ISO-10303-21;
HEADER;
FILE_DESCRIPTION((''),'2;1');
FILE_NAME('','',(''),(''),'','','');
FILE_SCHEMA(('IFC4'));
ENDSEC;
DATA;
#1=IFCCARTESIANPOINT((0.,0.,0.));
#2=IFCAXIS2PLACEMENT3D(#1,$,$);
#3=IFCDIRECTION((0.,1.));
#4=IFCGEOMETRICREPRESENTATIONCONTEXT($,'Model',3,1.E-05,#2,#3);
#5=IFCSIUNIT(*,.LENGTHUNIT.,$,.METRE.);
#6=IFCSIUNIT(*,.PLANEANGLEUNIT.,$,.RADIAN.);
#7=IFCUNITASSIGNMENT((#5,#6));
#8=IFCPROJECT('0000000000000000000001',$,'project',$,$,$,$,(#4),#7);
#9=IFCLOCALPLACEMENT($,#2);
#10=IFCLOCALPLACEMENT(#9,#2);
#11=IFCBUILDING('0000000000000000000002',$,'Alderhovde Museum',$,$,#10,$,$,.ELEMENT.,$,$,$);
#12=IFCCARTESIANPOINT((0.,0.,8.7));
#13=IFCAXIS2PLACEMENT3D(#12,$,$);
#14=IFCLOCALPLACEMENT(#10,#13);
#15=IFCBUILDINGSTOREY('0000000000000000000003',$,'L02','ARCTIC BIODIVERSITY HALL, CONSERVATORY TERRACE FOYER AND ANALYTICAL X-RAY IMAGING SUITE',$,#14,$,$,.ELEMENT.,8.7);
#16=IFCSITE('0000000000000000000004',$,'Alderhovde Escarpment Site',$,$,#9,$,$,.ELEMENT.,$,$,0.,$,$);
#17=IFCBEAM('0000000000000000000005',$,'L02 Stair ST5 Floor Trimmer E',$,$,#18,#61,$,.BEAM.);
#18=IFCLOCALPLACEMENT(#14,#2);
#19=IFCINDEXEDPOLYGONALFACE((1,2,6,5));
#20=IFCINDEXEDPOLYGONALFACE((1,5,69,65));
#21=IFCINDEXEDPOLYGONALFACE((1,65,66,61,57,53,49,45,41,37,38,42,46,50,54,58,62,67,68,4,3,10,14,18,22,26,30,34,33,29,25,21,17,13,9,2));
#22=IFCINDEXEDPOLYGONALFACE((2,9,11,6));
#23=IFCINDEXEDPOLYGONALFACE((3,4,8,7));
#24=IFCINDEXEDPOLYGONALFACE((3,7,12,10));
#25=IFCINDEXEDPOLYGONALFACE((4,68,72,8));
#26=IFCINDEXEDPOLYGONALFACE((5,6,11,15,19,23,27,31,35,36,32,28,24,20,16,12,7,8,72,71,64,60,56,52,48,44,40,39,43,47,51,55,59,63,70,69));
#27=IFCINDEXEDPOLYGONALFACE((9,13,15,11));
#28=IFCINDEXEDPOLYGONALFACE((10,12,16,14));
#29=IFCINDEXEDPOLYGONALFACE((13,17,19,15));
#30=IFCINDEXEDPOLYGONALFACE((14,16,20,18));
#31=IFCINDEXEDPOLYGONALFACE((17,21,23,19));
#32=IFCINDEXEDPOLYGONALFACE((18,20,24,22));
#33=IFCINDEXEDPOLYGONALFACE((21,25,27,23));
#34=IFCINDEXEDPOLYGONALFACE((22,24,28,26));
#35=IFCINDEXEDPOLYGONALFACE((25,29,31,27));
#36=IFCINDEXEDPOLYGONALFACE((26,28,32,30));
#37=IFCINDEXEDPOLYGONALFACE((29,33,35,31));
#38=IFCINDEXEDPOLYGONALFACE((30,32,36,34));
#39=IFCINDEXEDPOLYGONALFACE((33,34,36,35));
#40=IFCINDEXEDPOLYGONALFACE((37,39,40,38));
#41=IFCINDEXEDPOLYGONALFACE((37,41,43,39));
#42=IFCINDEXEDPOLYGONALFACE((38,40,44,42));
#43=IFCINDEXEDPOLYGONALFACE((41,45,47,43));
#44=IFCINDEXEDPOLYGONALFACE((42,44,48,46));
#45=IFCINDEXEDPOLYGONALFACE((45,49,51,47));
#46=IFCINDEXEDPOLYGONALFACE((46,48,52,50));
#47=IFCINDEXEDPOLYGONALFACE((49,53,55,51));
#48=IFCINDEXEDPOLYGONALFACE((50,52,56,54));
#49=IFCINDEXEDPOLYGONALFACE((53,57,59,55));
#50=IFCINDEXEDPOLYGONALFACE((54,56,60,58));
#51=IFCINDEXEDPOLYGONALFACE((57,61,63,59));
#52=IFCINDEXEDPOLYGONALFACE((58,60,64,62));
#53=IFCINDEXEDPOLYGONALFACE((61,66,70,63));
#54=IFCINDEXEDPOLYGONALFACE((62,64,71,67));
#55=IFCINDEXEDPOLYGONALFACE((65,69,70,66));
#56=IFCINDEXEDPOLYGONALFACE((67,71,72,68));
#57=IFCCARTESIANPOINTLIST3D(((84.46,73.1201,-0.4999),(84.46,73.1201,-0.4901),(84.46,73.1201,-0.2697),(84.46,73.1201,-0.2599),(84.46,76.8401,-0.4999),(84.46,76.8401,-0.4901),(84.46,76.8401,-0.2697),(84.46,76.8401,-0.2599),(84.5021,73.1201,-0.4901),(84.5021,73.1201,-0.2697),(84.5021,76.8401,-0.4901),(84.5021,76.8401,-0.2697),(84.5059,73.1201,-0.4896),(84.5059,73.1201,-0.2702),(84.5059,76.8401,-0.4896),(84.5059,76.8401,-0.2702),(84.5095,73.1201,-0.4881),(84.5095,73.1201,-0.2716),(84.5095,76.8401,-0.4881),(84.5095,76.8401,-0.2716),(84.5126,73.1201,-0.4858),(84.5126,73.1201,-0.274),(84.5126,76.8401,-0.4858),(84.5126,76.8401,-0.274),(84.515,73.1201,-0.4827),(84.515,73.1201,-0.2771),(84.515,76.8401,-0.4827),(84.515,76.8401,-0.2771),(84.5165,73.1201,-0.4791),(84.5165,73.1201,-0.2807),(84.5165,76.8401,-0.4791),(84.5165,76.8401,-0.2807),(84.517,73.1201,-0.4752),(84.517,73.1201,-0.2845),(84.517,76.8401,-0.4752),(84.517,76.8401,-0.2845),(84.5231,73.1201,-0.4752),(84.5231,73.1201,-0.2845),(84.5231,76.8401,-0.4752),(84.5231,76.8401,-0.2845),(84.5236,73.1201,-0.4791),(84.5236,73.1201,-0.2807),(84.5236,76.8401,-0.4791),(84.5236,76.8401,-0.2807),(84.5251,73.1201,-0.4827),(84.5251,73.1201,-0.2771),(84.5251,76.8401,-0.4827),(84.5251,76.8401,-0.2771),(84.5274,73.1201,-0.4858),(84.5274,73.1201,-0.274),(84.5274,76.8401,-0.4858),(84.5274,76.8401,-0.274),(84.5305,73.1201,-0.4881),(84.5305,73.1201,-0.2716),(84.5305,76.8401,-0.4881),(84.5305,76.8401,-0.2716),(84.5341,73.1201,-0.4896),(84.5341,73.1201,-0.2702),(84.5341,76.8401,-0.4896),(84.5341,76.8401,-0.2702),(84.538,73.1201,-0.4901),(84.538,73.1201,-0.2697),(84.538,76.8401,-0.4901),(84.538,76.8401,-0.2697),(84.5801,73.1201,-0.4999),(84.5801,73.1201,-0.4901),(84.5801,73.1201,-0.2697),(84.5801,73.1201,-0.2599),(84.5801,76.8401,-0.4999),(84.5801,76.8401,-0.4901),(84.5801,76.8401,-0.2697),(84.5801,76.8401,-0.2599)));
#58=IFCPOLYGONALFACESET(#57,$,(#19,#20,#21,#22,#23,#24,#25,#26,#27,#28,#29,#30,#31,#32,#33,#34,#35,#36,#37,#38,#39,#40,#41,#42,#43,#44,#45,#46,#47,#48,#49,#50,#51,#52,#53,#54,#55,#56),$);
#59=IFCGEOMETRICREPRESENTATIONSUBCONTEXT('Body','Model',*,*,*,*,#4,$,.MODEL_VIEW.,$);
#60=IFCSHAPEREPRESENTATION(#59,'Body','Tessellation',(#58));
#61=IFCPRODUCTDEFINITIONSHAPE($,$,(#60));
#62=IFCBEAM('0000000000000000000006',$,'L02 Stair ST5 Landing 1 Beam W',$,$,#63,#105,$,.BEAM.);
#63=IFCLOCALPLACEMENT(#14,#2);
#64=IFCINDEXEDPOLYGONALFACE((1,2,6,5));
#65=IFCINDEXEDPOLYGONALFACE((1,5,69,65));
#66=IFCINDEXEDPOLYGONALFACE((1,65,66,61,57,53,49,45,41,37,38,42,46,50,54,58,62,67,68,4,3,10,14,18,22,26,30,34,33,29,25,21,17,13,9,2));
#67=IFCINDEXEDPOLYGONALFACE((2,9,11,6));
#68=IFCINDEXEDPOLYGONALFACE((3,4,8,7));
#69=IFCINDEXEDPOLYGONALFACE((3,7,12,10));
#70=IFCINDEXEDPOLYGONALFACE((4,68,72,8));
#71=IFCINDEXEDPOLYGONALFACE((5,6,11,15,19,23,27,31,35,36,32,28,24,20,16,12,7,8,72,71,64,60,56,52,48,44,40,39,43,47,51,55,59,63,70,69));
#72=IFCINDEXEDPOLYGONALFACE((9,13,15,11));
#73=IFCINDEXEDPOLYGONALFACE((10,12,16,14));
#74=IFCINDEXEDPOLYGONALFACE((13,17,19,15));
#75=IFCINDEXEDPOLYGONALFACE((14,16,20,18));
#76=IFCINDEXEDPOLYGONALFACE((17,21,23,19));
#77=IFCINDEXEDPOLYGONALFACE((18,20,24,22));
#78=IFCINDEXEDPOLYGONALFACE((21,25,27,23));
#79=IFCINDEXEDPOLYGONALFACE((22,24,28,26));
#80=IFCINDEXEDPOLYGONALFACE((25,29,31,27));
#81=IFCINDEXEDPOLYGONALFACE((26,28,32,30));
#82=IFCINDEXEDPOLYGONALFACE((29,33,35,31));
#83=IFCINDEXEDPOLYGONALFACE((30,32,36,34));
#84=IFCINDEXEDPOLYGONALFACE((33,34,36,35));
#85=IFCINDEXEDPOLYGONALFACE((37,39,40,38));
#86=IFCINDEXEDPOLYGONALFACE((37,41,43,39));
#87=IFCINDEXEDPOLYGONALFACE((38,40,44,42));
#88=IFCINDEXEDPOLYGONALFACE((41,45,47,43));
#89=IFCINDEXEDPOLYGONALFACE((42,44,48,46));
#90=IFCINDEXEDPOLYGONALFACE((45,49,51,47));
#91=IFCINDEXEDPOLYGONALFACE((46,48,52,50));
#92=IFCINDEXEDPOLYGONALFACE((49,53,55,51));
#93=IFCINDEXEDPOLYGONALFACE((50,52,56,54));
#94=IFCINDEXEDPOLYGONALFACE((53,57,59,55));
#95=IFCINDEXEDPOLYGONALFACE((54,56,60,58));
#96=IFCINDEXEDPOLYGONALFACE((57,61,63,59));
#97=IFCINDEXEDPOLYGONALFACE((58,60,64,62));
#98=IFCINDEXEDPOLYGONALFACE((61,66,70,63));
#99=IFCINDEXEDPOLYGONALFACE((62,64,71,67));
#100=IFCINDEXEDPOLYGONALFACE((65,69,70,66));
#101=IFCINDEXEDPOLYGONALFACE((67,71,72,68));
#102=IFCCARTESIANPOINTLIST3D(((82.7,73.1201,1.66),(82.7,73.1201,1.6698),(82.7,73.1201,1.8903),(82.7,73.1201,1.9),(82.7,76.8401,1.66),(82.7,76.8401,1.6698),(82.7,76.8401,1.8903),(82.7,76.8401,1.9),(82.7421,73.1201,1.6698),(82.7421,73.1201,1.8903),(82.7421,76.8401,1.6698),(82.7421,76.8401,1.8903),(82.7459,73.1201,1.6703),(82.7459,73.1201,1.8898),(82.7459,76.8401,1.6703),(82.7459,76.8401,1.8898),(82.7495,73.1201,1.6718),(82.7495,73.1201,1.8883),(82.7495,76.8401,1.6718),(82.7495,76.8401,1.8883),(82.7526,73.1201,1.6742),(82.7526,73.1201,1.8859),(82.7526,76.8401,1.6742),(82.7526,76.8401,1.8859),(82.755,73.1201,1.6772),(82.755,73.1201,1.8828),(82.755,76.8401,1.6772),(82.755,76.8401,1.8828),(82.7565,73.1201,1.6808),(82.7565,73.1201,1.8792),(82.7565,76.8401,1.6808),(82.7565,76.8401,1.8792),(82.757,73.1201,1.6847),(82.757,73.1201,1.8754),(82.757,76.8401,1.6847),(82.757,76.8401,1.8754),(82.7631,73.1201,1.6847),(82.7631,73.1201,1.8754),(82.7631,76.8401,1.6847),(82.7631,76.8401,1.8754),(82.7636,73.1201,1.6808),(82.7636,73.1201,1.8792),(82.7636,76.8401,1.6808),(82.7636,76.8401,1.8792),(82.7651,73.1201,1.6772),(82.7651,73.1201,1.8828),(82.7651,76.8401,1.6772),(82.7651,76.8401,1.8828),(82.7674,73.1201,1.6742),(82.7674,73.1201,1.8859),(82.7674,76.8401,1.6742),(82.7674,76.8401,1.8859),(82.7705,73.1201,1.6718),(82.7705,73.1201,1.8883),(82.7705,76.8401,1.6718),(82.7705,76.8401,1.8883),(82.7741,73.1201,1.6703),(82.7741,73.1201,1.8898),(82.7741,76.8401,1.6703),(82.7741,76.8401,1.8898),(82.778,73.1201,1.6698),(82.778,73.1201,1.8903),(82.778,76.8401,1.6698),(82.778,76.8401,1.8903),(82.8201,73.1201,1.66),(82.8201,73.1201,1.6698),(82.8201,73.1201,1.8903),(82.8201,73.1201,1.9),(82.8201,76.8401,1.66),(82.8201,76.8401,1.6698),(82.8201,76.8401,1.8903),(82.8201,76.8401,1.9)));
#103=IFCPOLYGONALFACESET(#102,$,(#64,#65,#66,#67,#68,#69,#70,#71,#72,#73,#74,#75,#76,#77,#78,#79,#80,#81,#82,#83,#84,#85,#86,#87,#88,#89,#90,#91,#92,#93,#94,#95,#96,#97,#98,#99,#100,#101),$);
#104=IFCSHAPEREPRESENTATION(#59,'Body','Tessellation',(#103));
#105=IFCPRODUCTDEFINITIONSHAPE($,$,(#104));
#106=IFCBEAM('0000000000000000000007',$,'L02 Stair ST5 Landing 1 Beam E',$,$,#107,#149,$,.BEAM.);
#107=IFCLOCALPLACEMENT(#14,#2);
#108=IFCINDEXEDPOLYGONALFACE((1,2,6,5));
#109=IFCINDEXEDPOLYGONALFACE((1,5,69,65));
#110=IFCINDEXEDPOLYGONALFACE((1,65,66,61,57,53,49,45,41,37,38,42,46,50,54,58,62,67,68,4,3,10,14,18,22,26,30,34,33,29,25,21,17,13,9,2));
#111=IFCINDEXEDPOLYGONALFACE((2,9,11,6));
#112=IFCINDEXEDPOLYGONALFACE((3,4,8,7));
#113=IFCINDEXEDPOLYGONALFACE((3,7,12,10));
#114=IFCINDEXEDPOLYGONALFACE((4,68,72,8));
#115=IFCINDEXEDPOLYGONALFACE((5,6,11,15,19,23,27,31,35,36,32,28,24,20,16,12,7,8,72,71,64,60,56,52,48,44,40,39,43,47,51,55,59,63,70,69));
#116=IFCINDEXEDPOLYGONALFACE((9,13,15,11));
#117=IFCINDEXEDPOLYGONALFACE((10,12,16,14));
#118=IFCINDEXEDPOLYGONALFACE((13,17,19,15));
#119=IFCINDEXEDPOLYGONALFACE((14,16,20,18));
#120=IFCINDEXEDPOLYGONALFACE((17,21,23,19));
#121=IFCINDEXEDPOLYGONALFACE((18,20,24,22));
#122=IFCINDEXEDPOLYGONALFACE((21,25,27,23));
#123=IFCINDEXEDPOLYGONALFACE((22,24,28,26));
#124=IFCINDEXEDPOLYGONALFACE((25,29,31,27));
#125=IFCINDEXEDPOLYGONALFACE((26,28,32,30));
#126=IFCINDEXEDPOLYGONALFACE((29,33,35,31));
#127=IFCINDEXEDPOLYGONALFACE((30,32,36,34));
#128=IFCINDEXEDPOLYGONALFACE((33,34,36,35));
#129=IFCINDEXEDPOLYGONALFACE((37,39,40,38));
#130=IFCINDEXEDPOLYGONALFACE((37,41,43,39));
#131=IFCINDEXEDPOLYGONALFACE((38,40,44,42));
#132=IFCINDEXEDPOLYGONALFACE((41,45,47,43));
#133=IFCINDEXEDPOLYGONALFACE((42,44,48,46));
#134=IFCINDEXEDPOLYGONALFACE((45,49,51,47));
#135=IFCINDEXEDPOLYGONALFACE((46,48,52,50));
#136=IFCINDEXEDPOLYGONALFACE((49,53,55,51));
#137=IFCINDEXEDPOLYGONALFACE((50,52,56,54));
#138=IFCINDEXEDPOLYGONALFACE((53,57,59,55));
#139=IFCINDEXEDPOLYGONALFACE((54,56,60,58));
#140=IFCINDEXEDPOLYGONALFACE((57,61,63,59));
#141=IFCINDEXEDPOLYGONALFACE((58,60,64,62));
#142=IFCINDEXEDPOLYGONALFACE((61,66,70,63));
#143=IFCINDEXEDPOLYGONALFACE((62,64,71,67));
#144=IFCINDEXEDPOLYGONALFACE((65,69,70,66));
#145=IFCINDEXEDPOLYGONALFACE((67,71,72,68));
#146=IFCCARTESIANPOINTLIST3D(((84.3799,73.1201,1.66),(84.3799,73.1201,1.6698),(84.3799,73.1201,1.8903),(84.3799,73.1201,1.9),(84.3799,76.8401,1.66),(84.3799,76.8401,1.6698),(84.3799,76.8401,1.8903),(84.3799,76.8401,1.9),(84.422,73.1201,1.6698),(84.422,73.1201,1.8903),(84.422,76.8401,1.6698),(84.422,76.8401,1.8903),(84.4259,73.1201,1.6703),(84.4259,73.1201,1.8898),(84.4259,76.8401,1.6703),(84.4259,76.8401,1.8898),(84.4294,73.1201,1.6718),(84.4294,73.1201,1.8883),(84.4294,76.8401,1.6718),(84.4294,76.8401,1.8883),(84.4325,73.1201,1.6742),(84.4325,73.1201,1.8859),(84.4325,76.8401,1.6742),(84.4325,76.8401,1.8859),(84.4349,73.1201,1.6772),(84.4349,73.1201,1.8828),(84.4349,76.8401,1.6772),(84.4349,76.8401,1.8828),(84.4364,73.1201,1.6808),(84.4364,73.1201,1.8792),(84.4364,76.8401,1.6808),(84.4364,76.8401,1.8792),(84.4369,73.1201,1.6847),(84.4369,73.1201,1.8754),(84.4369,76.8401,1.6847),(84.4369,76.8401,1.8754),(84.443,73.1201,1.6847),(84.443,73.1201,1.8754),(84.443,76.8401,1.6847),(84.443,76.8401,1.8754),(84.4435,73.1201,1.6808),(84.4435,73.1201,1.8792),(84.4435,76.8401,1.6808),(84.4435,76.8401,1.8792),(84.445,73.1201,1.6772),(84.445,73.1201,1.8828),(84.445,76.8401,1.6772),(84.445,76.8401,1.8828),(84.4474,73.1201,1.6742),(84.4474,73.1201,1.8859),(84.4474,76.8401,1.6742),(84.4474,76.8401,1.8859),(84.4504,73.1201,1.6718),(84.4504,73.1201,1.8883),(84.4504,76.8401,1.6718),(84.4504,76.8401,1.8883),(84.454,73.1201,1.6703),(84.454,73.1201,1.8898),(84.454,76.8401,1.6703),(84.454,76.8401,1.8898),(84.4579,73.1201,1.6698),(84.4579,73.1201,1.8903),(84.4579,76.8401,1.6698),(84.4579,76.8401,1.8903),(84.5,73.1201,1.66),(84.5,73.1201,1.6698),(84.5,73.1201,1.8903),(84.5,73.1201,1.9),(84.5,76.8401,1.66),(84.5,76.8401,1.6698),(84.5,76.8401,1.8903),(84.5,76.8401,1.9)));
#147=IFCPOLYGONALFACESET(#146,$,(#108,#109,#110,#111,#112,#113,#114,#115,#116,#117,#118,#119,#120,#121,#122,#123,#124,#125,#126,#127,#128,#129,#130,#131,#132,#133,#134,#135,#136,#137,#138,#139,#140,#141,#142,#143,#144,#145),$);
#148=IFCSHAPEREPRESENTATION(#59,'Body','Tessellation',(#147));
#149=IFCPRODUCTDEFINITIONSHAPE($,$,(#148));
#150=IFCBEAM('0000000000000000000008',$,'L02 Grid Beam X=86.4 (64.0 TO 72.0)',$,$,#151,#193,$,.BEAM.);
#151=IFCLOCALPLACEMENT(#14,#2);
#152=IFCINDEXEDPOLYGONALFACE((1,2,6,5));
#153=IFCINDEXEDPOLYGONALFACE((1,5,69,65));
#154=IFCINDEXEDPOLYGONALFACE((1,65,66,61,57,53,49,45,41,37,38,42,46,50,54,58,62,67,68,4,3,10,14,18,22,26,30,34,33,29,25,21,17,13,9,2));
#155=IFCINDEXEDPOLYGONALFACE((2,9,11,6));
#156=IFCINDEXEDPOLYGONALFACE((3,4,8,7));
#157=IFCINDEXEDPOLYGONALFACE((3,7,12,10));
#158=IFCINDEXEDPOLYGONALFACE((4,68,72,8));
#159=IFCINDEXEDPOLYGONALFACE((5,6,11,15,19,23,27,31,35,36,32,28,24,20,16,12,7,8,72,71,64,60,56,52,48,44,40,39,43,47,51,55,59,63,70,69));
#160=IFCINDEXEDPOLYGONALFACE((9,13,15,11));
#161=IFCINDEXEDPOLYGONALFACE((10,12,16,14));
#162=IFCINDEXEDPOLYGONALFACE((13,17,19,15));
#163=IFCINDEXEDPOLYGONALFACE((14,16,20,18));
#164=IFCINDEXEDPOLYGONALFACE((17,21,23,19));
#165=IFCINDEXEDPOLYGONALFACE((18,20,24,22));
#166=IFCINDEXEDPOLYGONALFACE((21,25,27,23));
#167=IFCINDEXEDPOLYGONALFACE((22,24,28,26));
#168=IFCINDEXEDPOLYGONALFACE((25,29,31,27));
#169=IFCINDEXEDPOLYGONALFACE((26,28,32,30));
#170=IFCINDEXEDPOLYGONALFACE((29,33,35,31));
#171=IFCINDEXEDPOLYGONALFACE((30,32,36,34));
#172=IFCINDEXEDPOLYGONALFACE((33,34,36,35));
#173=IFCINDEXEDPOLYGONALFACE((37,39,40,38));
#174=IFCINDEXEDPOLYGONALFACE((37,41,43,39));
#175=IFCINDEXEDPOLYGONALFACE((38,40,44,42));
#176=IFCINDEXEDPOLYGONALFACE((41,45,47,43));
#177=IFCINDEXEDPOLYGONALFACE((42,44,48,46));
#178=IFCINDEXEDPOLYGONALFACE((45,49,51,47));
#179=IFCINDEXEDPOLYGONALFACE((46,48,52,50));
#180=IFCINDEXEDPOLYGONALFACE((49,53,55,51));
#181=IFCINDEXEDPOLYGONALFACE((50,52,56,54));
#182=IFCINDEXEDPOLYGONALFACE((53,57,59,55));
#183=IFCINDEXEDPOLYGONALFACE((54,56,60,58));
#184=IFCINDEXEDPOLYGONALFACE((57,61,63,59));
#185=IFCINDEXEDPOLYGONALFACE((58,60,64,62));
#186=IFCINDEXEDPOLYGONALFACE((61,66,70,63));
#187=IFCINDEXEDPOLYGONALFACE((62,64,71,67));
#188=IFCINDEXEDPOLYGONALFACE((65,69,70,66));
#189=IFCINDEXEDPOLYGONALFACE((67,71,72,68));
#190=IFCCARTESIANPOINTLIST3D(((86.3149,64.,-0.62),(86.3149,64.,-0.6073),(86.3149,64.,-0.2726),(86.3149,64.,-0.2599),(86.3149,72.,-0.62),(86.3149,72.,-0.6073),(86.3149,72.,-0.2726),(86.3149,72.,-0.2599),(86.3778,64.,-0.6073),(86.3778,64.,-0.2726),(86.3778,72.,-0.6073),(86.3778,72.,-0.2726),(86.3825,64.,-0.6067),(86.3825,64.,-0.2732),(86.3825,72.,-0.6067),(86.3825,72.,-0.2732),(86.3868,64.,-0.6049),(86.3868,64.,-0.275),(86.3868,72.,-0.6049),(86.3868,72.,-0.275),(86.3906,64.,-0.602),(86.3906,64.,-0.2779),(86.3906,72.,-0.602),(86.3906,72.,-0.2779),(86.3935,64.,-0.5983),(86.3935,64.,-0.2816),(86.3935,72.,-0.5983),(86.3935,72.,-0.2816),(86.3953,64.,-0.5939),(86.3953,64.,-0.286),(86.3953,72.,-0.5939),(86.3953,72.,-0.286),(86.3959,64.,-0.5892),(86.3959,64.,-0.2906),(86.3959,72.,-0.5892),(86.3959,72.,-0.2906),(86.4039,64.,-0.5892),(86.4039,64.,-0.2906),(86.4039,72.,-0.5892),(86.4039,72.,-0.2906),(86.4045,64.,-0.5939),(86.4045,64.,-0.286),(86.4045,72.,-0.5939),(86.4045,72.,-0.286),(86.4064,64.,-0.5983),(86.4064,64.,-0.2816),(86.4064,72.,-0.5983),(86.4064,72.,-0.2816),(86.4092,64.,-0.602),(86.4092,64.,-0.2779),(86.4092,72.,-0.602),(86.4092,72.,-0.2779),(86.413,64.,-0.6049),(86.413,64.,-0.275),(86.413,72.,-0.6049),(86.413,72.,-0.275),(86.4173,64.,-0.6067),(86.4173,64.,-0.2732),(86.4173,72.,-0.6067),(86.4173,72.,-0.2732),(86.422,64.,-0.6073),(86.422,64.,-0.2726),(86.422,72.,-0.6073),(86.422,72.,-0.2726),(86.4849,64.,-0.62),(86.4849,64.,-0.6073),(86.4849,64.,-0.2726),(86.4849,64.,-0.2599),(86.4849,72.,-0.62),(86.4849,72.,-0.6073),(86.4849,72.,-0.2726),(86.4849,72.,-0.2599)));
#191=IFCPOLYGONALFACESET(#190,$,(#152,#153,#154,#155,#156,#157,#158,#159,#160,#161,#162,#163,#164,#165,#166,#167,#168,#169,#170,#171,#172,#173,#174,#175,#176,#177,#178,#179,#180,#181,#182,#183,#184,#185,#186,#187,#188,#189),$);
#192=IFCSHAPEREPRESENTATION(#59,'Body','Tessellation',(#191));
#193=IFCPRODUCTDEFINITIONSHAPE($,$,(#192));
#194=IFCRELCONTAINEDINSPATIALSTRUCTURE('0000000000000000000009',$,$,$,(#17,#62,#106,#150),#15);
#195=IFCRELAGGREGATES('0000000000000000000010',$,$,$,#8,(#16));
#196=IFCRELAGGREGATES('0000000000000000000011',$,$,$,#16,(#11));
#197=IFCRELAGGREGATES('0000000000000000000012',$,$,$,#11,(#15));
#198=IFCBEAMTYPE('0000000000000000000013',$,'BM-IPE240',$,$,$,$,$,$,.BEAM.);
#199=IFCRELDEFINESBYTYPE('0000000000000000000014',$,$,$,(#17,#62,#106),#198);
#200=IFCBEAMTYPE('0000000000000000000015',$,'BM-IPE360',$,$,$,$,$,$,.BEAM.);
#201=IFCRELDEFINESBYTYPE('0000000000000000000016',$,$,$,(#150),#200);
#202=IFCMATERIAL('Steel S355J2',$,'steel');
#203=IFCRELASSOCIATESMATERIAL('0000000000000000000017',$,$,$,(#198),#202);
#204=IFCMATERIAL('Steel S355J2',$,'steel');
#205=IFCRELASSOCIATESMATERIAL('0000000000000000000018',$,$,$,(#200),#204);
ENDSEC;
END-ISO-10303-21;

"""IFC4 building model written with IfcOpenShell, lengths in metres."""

from ifc_helpers import new_model, si_unit, direction, frame, origin, origin_2d, place, context, subcontext, project, spatial, i_section, extrude, material, material_profile, profile_set, type_object, element, save


model = new_model("IFC4")

# Units and contexts
model_context = context("Model", 3, precision=1e-05, world=origin(), true_north=direction((0.0, 1.0)))
body_context = subcontext(model_context, "Body", "Model", "MODEL_VIEW")
ifc_project = project(units=[si_unit("LENGTHUNIT", "METRE"), si_unit("PLANEANGLEUNIT", "RADIAN")], contexts=[model_context])

# Site, building, storey
site_placement = place(None, origin())
site = spatial("IfcSite", under=ifc_project, at=site_placement, Name="Alderhovde Escarpment Site", CompositionType="ELEMENT", RefElevation=0.0)
building_placement = place(site_placement, origin())
building = spatial("IfcBuilding", under=site, at=building_placement, Name="Alderhovde Museum", CompositionType="ELEMENT")
storey_placement = place(building_placement, frame((0.0, 0.0, 8.7)))
storey = spatial("IfcBuildingStorey", under=building, at=storey_placement, Name="L02", Description="ARCTIC BIODIVERSITY HALL, CONSERVATORY TERRACE FOYER AND ANALYTICAL X-RAY IMAGING SUITE", CompositionType="ELEMENT", Elevation=8.7)

# Beams
ifc_material_1 = material(Name="Steel S355J2", Category="steel")
ifc_material_profile_1 = material_profile(ifc_material_1, i_section(OverallWidth=0.1201, OverallDepth=0.24, WebThickness=0.0061, FlangeThickness=0.0098, FilletRadius=0.0149, at=origin_2d()), Name="IPE 240")
ifc_profile_set_1 = profile_set([ifc_material_profile_1], Name="Steel S355J2")
beam_type_1 = type_object("IfcBeamType", Name="BM-IPE240", PredefinedType="BEAM", material=ifc_profile_set_1)
for number, where, z_axis, x_axis, name in (
    (1, (84.52, 73.1201, -0.3799), (0.0, 1.0, 0.0), (-1.0, 0.0, 0.0), "L02 Stair ST5 Floor Trimmer E"),
    (2, (82.76, 73.1201, 1.78), (0.0, 1.0, 0.0), (-1.0, 0.0, 0.0), "L02 Stair ST5 Landing 1 Beam W"),
    (3, (84.4399, 73.1201, 1.78), (0.0, 1.0, 0.0), (-1.0, 0.0, 0.0), "L02 Stair ST5 Landing 1 Beam E"),
):
    element("IfcBeam", number, at=place(storey_placement, frame(where, z_axis=z_axis, x_axis=x_axis)), inside=storey, type_object=beam_type_1, Name=name, PredefinedType="BEAM", context=body_context, shape_type="SweptSolid", body=[
        extrude(i_section(OverallWidth=0.1201, OverallDepth=0.24, WebThickness=0.0061, FlangeThickness=0.0098, FilletRadius=0.0149, at=origin_2d()), origin(), (0.0, 0.0, 1.0), 3.72),
    ])
ifc_material_2 = material(Name="Steel S355J2", Category="steel")
ifc_material_profile_2 = material_profile(ifc_material_2, i_section(OverallWidth=0.1699, OverallDepth=0.3601, WebThickness=0.0081, FlangeThickness=0.0127, FilletRadius=0.0181, at=origin_2d()), Name="IPE 360")
ifc_profile_set_2 = profile_set([ifc_material_profile_2], Name="Steel S355J2")
beam_type_2 = type_object("IfcBeamType", Name="BM-IPE360", PredefinedType="BEAM", material=ifc_profile_set_2)
for number, where, z_axis, x_axis, name in (
    (4, (86.3999, 64.0, -0.4399), (0.0, 1.0, 0.0), (-1.0, 0.0, 0.0), "L02 Grid Beam X=86.4 (64.0 TO 72.0)"),
):
    element("IfcBeam", number, at=place(storey_placement, frame(where, z_axis=z_axis, x_axis=x_axis)), inside=storey, type_object=beam_type_2, Name=name, PredefinedType="BEAM", context=body_context, shape_type="SweptSolid", body=[
        extrude(i_section(OverallWidth=0.1699, OverallDepth=0.3601, WebThickness=0.0081, FlangeThickness=0.0127, FilletRadius=0.0181, at=origin_2d()), origin(), (0.0, 0.0, 1.0), 8.0),
    ])

save(model, "model.ifc")
